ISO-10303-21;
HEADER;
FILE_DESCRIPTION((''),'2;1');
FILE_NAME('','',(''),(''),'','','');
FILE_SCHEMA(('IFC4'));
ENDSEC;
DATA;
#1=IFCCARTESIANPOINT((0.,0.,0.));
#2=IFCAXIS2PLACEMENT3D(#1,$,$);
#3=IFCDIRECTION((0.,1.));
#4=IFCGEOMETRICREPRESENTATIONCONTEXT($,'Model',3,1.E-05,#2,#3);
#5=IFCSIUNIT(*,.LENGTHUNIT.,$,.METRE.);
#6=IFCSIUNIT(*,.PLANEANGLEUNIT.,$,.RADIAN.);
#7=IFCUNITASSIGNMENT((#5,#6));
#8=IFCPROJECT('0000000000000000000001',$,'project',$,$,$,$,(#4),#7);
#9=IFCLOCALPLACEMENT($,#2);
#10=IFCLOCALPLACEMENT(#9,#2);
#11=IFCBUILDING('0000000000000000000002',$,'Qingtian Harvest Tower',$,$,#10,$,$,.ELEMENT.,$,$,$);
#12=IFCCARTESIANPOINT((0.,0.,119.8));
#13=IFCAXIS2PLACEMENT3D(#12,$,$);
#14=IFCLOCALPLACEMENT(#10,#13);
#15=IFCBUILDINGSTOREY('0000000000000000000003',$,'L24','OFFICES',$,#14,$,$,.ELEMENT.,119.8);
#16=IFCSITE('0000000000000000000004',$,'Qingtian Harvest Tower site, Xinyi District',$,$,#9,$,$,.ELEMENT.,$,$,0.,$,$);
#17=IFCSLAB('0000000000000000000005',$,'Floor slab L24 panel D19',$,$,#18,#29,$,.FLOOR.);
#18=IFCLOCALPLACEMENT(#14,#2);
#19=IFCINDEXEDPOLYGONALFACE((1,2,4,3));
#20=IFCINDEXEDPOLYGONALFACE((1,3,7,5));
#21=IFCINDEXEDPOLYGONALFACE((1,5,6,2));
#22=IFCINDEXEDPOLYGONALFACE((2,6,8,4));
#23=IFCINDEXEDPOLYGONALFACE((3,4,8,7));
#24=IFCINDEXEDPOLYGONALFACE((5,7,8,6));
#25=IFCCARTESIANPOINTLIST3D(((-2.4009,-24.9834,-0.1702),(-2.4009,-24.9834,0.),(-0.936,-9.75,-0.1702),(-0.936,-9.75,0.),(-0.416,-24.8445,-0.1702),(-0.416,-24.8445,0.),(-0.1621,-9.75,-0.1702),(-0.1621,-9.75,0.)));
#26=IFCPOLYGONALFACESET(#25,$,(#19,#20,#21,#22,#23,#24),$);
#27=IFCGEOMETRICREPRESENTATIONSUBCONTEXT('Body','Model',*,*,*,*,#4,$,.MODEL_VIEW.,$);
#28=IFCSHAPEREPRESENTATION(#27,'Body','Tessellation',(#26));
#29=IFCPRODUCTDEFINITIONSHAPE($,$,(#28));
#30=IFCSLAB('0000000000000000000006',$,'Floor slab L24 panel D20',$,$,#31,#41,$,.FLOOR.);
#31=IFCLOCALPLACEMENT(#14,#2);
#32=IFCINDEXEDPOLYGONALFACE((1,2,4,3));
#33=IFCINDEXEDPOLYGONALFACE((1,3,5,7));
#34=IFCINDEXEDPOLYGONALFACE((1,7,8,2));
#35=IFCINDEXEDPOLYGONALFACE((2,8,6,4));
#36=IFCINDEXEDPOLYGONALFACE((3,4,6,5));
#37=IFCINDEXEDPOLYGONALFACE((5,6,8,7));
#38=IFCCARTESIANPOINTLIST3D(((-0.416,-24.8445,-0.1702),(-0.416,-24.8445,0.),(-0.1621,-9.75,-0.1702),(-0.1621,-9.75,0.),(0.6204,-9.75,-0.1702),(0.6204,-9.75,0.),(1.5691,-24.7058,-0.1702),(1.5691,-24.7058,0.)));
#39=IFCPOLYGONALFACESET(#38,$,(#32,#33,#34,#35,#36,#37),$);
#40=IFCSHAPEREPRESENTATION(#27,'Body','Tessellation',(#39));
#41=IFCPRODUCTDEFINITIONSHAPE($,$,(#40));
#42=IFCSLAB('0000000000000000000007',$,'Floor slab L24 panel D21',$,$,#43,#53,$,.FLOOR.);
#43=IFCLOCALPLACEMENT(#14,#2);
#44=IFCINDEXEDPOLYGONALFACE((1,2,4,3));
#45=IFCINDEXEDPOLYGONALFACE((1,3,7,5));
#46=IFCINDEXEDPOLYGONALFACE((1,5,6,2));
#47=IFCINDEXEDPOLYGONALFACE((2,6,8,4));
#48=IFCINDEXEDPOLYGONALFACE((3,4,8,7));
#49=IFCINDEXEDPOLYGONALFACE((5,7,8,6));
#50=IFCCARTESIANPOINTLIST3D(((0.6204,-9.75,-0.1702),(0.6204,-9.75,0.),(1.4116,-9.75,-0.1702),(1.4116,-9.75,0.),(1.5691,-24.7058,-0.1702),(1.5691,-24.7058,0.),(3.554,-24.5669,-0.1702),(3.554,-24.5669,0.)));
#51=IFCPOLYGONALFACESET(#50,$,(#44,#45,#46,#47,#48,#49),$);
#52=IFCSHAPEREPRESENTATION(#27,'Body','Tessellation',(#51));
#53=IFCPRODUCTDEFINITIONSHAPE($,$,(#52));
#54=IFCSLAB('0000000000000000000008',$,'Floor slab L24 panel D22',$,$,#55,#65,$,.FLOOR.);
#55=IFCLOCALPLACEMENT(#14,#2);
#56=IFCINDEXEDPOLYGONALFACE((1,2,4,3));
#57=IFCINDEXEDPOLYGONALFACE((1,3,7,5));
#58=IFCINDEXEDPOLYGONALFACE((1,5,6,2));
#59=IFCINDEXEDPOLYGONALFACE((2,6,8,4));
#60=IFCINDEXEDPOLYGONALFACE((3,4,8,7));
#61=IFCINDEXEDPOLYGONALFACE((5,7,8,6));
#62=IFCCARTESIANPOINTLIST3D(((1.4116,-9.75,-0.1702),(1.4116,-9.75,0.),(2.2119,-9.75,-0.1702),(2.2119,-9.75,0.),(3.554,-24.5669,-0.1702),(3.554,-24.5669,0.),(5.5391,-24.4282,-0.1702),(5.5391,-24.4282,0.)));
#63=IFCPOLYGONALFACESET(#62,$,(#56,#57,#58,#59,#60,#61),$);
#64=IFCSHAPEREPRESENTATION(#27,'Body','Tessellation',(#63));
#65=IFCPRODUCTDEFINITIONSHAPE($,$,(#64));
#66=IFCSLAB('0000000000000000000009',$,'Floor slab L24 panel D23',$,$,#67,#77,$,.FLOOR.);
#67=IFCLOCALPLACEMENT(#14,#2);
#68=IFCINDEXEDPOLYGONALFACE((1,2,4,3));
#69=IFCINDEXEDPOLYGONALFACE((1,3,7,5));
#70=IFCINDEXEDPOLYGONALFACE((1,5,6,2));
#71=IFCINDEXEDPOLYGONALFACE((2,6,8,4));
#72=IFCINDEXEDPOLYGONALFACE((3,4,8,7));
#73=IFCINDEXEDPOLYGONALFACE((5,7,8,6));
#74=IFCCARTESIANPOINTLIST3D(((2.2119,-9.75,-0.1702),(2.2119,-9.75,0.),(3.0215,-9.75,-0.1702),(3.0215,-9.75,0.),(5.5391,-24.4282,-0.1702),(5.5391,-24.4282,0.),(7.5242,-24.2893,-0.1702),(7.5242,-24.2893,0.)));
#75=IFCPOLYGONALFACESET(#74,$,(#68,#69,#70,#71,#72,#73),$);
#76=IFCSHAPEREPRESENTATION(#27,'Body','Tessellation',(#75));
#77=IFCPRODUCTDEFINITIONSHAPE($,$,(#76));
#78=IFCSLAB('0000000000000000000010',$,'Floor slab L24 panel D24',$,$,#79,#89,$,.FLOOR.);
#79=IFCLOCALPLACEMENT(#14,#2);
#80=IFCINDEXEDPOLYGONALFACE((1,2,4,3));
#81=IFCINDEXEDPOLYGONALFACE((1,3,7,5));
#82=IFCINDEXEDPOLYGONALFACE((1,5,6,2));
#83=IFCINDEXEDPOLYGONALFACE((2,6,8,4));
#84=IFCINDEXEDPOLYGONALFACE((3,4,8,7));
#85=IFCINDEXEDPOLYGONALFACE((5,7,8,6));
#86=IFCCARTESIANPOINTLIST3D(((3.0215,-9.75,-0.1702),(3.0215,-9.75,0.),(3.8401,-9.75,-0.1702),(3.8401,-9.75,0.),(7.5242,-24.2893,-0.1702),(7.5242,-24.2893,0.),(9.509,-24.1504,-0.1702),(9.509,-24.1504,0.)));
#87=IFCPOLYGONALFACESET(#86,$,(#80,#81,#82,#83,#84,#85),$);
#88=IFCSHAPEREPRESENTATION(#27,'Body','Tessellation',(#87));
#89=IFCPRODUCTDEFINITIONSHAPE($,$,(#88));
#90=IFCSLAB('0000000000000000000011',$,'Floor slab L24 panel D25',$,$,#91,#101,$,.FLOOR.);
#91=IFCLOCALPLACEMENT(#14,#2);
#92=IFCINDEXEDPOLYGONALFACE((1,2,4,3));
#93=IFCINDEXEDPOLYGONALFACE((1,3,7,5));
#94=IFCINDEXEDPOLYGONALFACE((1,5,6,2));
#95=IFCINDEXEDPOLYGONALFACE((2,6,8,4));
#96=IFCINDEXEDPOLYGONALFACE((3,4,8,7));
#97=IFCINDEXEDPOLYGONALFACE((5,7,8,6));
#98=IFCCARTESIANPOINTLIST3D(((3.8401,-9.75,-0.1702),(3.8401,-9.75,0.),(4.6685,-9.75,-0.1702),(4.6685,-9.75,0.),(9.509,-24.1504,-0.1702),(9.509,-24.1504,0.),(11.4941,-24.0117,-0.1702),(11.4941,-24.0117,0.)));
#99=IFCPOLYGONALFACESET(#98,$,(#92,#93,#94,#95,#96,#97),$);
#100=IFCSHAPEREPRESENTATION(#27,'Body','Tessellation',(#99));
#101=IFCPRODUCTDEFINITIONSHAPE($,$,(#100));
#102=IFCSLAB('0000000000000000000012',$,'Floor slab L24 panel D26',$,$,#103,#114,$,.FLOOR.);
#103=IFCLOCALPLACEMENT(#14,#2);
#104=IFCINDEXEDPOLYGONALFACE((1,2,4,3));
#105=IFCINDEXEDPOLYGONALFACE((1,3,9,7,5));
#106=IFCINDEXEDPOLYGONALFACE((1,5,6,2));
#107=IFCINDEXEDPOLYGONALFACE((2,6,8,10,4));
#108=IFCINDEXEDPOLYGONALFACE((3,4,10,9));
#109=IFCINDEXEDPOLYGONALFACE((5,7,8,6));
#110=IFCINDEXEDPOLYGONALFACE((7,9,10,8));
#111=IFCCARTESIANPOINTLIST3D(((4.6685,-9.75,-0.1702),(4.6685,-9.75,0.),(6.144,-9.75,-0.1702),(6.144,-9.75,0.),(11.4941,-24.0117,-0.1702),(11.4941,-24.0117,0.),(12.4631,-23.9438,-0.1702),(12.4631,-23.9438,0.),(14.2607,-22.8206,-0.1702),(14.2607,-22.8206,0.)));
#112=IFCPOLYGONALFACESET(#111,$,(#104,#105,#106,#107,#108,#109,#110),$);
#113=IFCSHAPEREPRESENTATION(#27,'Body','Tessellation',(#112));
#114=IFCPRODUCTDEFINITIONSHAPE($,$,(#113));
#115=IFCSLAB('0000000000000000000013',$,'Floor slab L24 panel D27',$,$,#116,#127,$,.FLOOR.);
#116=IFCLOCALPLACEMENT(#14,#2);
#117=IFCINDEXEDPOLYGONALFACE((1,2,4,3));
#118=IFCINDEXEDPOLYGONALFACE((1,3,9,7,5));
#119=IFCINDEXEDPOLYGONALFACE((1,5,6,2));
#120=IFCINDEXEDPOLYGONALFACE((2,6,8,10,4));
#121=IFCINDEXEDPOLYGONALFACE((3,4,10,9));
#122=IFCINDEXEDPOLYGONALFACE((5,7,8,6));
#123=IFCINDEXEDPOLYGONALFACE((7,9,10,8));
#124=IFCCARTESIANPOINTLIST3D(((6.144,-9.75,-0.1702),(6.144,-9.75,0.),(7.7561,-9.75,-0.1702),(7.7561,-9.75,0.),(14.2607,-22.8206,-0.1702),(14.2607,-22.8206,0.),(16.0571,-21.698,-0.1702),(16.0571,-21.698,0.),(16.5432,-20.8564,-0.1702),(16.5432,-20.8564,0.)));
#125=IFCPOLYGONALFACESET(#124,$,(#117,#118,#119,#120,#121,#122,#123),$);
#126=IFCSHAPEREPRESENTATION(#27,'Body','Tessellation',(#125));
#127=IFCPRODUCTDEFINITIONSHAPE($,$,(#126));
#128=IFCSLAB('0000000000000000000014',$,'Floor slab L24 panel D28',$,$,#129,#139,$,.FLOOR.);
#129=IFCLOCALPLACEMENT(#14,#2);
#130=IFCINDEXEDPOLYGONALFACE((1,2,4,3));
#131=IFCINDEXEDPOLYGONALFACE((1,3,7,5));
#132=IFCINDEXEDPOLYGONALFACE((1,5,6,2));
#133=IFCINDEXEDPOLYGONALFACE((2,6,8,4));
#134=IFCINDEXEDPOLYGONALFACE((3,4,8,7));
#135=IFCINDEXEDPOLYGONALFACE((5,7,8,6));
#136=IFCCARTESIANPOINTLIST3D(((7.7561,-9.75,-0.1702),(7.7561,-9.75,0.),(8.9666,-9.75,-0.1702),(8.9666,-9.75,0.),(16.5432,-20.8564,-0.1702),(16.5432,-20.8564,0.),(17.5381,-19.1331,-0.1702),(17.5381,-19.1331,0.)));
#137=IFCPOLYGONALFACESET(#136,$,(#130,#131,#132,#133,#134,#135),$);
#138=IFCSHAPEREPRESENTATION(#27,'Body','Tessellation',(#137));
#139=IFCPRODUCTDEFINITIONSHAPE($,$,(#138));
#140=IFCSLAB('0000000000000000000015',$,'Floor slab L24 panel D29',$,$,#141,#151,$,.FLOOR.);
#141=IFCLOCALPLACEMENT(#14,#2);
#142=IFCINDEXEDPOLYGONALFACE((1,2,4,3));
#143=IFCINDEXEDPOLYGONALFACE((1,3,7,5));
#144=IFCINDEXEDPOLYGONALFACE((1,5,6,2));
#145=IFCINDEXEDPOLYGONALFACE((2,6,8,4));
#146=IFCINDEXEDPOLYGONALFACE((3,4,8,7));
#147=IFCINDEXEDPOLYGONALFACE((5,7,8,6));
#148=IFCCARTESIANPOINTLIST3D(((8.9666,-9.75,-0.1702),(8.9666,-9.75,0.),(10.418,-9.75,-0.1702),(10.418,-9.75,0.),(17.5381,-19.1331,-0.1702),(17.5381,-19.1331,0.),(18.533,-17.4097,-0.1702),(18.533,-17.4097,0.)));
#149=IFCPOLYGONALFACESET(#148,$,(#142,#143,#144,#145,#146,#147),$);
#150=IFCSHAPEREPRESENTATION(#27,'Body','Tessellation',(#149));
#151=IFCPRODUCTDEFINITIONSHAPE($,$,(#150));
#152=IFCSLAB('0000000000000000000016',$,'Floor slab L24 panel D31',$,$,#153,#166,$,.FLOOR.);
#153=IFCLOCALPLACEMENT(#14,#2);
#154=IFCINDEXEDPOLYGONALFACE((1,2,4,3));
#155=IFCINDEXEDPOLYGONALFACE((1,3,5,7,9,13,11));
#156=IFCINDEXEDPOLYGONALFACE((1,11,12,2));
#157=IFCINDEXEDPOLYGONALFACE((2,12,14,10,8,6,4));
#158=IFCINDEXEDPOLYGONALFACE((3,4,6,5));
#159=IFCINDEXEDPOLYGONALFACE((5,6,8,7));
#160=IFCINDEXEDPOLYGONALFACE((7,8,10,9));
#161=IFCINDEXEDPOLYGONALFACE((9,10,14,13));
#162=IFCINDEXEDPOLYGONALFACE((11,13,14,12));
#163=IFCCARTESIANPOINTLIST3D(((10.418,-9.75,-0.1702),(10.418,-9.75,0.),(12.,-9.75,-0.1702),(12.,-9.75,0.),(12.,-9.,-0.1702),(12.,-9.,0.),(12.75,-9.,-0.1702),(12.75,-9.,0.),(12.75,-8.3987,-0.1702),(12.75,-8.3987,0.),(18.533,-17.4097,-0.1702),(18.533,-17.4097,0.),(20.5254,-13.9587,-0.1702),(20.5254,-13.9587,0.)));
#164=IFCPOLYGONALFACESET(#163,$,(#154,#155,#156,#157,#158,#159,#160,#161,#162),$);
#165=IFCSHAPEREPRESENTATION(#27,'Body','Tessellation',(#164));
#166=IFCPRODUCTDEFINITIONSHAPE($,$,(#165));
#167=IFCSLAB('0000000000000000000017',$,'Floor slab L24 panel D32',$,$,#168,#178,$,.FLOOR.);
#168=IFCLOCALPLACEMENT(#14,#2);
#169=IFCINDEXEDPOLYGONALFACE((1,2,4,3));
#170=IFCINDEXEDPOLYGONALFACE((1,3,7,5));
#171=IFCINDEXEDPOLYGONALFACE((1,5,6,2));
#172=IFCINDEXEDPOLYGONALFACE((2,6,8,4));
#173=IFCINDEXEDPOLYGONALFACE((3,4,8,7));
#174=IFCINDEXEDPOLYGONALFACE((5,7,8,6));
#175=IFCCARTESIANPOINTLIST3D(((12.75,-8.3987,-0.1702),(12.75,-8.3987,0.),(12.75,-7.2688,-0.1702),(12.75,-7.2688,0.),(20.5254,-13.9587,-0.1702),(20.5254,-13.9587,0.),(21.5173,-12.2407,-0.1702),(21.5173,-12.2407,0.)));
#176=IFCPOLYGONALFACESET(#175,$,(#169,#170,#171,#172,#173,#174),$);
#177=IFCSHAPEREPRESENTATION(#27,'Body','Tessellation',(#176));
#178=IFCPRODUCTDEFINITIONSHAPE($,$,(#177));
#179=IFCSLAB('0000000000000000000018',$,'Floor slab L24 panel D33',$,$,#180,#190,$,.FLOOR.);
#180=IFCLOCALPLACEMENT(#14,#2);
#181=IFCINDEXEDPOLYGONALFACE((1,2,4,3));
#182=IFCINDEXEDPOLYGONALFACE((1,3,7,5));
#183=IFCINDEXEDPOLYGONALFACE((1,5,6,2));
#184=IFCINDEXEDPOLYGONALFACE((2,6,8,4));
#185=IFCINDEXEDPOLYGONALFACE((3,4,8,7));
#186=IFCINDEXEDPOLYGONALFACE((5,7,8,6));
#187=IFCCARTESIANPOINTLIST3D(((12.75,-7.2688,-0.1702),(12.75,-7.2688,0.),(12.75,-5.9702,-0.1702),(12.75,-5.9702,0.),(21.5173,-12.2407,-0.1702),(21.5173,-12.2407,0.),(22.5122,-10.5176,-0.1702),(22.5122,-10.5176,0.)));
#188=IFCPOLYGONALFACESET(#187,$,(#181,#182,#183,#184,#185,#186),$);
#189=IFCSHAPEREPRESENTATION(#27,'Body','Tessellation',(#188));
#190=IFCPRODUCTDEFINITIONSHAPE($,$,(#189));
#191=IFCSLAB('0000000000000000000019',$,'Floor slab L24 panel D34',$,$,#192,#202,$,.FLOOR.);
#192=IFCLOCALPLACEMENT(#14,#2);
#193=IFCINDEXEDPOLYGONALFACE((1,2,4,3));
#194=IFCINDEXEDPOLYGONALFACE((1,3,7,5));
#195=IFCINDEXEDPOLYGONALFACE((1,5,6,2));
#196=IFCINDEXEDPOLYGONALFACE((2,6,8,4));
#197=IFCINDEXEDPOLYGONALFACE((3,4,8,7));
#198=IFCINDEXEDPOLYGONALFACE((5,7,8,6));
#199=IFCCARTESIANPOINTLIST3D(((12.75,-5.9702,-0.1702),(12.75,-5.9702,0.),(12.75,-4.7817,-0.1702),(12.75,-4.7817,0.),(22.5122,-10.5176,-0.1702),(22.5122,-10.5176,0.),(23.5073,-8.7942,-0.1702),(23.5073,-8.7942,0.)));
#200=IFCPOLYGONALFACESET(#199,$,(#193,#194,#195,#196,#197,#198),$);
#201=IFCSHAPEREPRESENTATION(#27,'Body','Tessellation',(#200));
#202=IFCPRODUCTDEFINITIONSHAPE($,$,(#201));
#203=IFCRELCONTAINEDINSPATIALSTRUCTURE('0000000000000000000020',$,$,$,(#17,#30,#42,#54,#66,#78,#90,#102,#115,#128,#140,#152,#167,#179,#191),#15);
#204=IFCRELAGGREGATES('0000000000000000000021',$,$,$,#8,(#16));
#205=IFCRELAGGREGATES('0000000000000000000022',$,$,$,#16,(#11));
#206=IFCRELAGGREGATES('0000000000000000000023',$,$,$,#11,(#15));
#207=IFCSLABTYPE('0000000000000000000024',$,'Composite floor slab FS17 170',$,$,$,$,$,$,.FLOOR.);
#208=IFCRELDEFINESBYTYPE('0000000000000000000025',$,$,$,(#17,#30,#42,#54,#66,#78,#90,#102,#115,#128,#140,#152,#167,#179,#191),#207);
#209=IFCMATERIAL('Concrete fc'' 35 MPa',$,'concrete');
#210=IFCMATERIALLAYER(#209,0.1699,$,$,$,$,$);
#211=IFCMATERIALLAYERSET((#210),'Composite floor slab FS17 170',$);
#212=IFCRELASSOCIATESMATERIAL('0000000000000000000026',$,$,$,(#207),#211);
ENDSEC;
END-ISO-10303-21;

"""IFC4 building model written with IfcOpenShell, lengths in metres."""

from ifc_helpers import new_model, si_unit, direction, frame, origin, place, context, subcontext, project, spatial, polyline, outline, extrude, material, layer, layer_set, type_object, element, save


model = new_model("IFC4")

# Units and contexts
model_context = context("Model", 3, precision=1e-05, world=origin(), true_north=direction((0.0, 1.0)))
body_context = subcontext(model_context, "Body", "Model", "MODEL_VIEW")
ifc_project = project(units=[si_unit("LENGTHUNIT", "METRE"), si_unit("PLANEANGLEUNIT", "RADIAN")], contexts=[model_context])

# Site, building, storey
site_placement = place(None, origin())
site = spatial("IfcSite", under=ifc_project, at=site_placement, Name="Qingtian Harvest Tower site, Xinyi District", CompositionType="ELEMENT", RefElevation=0.0)
building_placement = place(site_placement, origin())
building = spatial("IfcBuilding", under=site, at=building_placement, Name="Qingtian Harvest Tower", CompositionType="ELEMENT")
storey_placement = place(building_placement, frame((0.0, 0.0, 119.8)))
storey = spatial("IfcBuildingStorey", under=building, at=storey_placement, Name="L24", Description="OFFICES", CompositionType="ELEMENT", Elevation=119.8)

# Slabs
ifc_material = material(Name="Concrete fc' 35 MPa", Category="concrete")
ifc_layer = layer(ifc_material, 0.1699)
ifc_layer_set = layer_set([ifc_layer], Name="Composite floor slab FS17 170")
slab_type = type_object("IfcSlabType", Name="Composite floor slab FS17 170", PredefinedType="FLOOR", material=ifc_layer_set)
slab_1_placement = place(storey_placement, frame((0.0, 0.0, -0.1702)))
element("IfcSlab", 1, at=slab_1_placement, inside=storey, type_object=slab_type, Name="Floor slab L24 panel D19", PredefinedType="FLOOR", context=body_context, shape_type="SweptSolid", body=[
    extrude(outline(polyline([(-0.1621, -9.75), (-0.416, -24.8445), (-2.4009, -24.9834), (-0.936, -9.75), (-0.1621, -9.75)])), origin(), (0.0, 0.0, 1.0), 0.1702),
])
slab_2_placement = place(storey_placement, frame((0.0, 0.0, -0.1702)))
element("IfcSlab", 2, at=slab_2_placement, inside=storey, type_object=slab_type, Name="Floor slab L24 panel D20", PredefinedType="FLOOR", context=body_context, shape_type="SweptSolid", body=[
    extrude(outline(polyline([(0.6204, -9.75), (1.5691, -24.7058), (-0.416, -24.8445), (-0.1621, -9.75), (0.6204, -9.75)])), origin(), (0.0, 0.0, 1.0), 0.1702),
])
slab_3_placement = place(storey_placement, frame((0.0, 0.0, -0.1702)))
element("IfcSlab", 3, at=slab_3_placement, inside=storey, type_object=slab_type, Name="Floor slab L24 panel D21", PredefinedType="FLOOR", context=body_context, shape_type="SweptSolid", body=[
    extrude(outline(polyline([(1.4116, -9.75), (3.554, -24.5669), (1.5691, -24.7058), (0.6204, -9.75), (1.4116, -9.75)])), origin(), (0.0, 0.0, 1.0), 0.1702),
])
slab_4_placement = place(storey_placement, frame((0.0, 0.0, -0.1702)))
element("IfcSlab", 4, at=slab_4_placement, inside=storey, type_object=slab_type, Name="Floor slab L24 panel D22", PredefinedType="FLOOR", context=body_context, shape_type="SweptSolid", body=[
    extrude(outline(polyline([(2.2119, -9.75), (5.5391, -24.4282), (3.554, -24.5669), (1.4116, -9.75), (2.2119, -9.75)])), origin(), (0.0, 0.0, 1.0), 0.1702),
])
slab_5_placement = place(storey_placement, frame((0.0, 0.0, -0.1702)))
element("IfcSlab", 5, at=slab_5_placement, inside=storey, type_object=slab_type, Name="Floor slab L24 panel D23", PredefinedType="FLOOR", context=body_context, shape_type="SweptSolid", body=[
    extrude(outline(polyline([(3.0215, -9.75), (7.5242, -24.2893), (5.5391, -24.4282), (2.2119, -9.75), (3.0215, -9.75)])), origin(), (0.0, 0.0, 1.0), 0.1702),
])
slab_6_placement = place(storey_placement, frame((0.0, 0.0, -0.1702)))
element("IfcSlab", 6, at=slab_6_placement, inside=storey, type_object=slab_type, Name="Floor slab L24 panel D24", PredefinedType="FLOOR", context=body_context, shape_type="SweptSolid", body=[
    extrude(outline(polyline([(3.8401, -9.75), (9.509, -24.1504), (7.5242, -24.2893), (3.0215, -9.75), (3.8401, -9.75)])), origin(), (0.0, 0.0, 1.0), 0.1702),
])
slab_7_placement = place(storey_placement, frame((0.0, 0.0, -0.1702)))
element("IfcSlab", 7, at=slab_7_placement, inside=storey, type_object=slab_type, Name="Floor slab L24 panel D25", PredefinedType="FLOOR", context=body_context, shape_type="SweptSolid", body=[
    extrude(outline(polyline([(4.6685, -9.75), (11.4941, -24.0117), (9.509, -24.1504), (3.8401, -9.75), (4.6685, -9.75)])), origin(), (0.0, 0.0, 1.0), 0.1702),
])
slab_8_placement = place(storey_placement, frame((0.0, 0.0, -0.1702)))
element("IfcSlab", 8, at=slab_8_placement, inside=storey, type_object=slab_type, Name="Floor slab L24 panel D26", PredefinedType="FLOOR", context=body_context, shape_type="SweptSolid", body=[
    extrude(outline(polyline([(4.6685, -9.75), (6.144, -9.75), (14.2607, -22.8206), (12.4631, -23.9438), (11.4941, -24.0117), (4.6685, -9.75)])), origin(), (0.0, 0.0, 1.0), 0.1702),
])
slab_9_placement = place(storey_placement, frame((0.0, 0.0, -0.1702)))
element("IfcSlab", 9, at=slab_9_placement, inside=storey, type_object=slab_type, Name="Floor slab L24 panel D27", PredefinedType="FLOOR", context=body_context, shape_type="SweptSolid", body=[
    extrude(outline(polyline([(6.144, -9.75), (7.7561, -9.75), (16.5432, -20.8564), (16.0571, -21.698), (14.2607, -22.8206), (6.144, -9.75)])), origin(), (0.0, 0.0, 1.0), 0.1702),
])
slab_10_placement = place(storey_placement, frame((0.0, 0.0, -0.1702)))
element("IfcSlab", 10, at=slab_10_placement, inside=storey, type_object=slab_type, Name="Floor slab L24 panel D28", PredefinedType="FLOOR", context=body_context, shape_type="SweptSolid", body=[
    extrude(outline(polyline([(8.9666, -9.75), (17.5381, -19.1331), (16.5432, -20.8564), (7.7561, -9.75), (8.9666, -9.75)])), origin(), (0.0, 0.0, 1.0), 0.1702),
])
slab_11_placement = place(storey_placement, frame((0.0, 0.0, -0.1702)))
element("IfcSlab", 11, at=slab_11_placement, inside=storey, type_object=slab_type, Name="Floor slab L24 panel D29", PredefinedType="FLOOR", context=body_context, shape_type="SweptSolid", body=[
    extrude(outline(polyline([(10.418, -9.75), (18.533, -17.4097), (17.5381, -19.1331), (8.9666, -9.75), (10.418, -9.75)])), origin(), (0.0, 0.0, 1.0), 0.1702),
])
slab_12_placement = place(storey_placement, frame((0.0, 0.0, -0.1702)))
element("IfcSlab", 12, at=slab_12_placement, inside=storey, type_object=slab_type, Name="Floor slab L24 panel D31", PredefinedType="FLOOR", context=body_context, shape_type="SweptSolid", body=[
    extrude(outline(polyline([(12.75, -8.3987), (20.5254, -13.9587), (18.533, -17.4097), (10.418, -9.75), (12.0, -9.75), (12.0, -9.0), (12.75, -9.0), (12.75, -8.3987)])), origin(), (0.0, 0.0, 1.0), 0.1702),
])
slab_13_placement = place(storey_placement, frame((0.0, 0.0, -0.1702)))
element("IfcSlab", 13, at=slab_13_placement, inside=storey, type_object=slab_type, Name="Floor slab L24 panel D32", PredefinedType="FLOOR", context=body_context, shape_type="SweptSolid", body=[
    extrude(outline(polyline([(12.75, -7.2688), (21.5173, -12.2407), (20.5254, -13.9587), (12.75, -8.3987), (12.75, -7.2688)])), origin(), (0.0, 0.0, 1.0), 0.1702),
])
slab_14_placement = place(storey_placement, frame((0.0, 0.0, -0.1702)))
element("IfcSlab", 14, at=slab_14_placement, inside=storey, type_object=slab_type, Name="Floor slab L24 panel D33", PredefinedType="FLOOR", context=body_context, shape_type="SweptSolid", body=[
    extrude(outline(polyline([(12.75, -5.9702), (22.5122, -10.5176), (21.5173, -12.2407), (12.75, -7.2688), (12.75, -5.9702)])), origin(), (0.0, 0.0, 1.0), 0.1702),
])
slab_15_placement = place(storey_placement, frame((0.0, 0.0, -0.1702)))
element("IfcSlab", 15, at=slab_15_placement, inside=storey, type_object=slab_type, Name="Floor slab L24 panel D34", PredefinedType="FLOOR", context=body_context, shape_type="SweptSolid", body=[
    extrude(outline(polyline([(12.75, -4.7817), (23.5073, -8.7942), (22.5122, -10.5176), (12.75, -5.9702), (12.75, -4.7817)])), origin(), (0.0, 0.0, 1.0), 0.1702),
])

save(model, "model.ifc")
